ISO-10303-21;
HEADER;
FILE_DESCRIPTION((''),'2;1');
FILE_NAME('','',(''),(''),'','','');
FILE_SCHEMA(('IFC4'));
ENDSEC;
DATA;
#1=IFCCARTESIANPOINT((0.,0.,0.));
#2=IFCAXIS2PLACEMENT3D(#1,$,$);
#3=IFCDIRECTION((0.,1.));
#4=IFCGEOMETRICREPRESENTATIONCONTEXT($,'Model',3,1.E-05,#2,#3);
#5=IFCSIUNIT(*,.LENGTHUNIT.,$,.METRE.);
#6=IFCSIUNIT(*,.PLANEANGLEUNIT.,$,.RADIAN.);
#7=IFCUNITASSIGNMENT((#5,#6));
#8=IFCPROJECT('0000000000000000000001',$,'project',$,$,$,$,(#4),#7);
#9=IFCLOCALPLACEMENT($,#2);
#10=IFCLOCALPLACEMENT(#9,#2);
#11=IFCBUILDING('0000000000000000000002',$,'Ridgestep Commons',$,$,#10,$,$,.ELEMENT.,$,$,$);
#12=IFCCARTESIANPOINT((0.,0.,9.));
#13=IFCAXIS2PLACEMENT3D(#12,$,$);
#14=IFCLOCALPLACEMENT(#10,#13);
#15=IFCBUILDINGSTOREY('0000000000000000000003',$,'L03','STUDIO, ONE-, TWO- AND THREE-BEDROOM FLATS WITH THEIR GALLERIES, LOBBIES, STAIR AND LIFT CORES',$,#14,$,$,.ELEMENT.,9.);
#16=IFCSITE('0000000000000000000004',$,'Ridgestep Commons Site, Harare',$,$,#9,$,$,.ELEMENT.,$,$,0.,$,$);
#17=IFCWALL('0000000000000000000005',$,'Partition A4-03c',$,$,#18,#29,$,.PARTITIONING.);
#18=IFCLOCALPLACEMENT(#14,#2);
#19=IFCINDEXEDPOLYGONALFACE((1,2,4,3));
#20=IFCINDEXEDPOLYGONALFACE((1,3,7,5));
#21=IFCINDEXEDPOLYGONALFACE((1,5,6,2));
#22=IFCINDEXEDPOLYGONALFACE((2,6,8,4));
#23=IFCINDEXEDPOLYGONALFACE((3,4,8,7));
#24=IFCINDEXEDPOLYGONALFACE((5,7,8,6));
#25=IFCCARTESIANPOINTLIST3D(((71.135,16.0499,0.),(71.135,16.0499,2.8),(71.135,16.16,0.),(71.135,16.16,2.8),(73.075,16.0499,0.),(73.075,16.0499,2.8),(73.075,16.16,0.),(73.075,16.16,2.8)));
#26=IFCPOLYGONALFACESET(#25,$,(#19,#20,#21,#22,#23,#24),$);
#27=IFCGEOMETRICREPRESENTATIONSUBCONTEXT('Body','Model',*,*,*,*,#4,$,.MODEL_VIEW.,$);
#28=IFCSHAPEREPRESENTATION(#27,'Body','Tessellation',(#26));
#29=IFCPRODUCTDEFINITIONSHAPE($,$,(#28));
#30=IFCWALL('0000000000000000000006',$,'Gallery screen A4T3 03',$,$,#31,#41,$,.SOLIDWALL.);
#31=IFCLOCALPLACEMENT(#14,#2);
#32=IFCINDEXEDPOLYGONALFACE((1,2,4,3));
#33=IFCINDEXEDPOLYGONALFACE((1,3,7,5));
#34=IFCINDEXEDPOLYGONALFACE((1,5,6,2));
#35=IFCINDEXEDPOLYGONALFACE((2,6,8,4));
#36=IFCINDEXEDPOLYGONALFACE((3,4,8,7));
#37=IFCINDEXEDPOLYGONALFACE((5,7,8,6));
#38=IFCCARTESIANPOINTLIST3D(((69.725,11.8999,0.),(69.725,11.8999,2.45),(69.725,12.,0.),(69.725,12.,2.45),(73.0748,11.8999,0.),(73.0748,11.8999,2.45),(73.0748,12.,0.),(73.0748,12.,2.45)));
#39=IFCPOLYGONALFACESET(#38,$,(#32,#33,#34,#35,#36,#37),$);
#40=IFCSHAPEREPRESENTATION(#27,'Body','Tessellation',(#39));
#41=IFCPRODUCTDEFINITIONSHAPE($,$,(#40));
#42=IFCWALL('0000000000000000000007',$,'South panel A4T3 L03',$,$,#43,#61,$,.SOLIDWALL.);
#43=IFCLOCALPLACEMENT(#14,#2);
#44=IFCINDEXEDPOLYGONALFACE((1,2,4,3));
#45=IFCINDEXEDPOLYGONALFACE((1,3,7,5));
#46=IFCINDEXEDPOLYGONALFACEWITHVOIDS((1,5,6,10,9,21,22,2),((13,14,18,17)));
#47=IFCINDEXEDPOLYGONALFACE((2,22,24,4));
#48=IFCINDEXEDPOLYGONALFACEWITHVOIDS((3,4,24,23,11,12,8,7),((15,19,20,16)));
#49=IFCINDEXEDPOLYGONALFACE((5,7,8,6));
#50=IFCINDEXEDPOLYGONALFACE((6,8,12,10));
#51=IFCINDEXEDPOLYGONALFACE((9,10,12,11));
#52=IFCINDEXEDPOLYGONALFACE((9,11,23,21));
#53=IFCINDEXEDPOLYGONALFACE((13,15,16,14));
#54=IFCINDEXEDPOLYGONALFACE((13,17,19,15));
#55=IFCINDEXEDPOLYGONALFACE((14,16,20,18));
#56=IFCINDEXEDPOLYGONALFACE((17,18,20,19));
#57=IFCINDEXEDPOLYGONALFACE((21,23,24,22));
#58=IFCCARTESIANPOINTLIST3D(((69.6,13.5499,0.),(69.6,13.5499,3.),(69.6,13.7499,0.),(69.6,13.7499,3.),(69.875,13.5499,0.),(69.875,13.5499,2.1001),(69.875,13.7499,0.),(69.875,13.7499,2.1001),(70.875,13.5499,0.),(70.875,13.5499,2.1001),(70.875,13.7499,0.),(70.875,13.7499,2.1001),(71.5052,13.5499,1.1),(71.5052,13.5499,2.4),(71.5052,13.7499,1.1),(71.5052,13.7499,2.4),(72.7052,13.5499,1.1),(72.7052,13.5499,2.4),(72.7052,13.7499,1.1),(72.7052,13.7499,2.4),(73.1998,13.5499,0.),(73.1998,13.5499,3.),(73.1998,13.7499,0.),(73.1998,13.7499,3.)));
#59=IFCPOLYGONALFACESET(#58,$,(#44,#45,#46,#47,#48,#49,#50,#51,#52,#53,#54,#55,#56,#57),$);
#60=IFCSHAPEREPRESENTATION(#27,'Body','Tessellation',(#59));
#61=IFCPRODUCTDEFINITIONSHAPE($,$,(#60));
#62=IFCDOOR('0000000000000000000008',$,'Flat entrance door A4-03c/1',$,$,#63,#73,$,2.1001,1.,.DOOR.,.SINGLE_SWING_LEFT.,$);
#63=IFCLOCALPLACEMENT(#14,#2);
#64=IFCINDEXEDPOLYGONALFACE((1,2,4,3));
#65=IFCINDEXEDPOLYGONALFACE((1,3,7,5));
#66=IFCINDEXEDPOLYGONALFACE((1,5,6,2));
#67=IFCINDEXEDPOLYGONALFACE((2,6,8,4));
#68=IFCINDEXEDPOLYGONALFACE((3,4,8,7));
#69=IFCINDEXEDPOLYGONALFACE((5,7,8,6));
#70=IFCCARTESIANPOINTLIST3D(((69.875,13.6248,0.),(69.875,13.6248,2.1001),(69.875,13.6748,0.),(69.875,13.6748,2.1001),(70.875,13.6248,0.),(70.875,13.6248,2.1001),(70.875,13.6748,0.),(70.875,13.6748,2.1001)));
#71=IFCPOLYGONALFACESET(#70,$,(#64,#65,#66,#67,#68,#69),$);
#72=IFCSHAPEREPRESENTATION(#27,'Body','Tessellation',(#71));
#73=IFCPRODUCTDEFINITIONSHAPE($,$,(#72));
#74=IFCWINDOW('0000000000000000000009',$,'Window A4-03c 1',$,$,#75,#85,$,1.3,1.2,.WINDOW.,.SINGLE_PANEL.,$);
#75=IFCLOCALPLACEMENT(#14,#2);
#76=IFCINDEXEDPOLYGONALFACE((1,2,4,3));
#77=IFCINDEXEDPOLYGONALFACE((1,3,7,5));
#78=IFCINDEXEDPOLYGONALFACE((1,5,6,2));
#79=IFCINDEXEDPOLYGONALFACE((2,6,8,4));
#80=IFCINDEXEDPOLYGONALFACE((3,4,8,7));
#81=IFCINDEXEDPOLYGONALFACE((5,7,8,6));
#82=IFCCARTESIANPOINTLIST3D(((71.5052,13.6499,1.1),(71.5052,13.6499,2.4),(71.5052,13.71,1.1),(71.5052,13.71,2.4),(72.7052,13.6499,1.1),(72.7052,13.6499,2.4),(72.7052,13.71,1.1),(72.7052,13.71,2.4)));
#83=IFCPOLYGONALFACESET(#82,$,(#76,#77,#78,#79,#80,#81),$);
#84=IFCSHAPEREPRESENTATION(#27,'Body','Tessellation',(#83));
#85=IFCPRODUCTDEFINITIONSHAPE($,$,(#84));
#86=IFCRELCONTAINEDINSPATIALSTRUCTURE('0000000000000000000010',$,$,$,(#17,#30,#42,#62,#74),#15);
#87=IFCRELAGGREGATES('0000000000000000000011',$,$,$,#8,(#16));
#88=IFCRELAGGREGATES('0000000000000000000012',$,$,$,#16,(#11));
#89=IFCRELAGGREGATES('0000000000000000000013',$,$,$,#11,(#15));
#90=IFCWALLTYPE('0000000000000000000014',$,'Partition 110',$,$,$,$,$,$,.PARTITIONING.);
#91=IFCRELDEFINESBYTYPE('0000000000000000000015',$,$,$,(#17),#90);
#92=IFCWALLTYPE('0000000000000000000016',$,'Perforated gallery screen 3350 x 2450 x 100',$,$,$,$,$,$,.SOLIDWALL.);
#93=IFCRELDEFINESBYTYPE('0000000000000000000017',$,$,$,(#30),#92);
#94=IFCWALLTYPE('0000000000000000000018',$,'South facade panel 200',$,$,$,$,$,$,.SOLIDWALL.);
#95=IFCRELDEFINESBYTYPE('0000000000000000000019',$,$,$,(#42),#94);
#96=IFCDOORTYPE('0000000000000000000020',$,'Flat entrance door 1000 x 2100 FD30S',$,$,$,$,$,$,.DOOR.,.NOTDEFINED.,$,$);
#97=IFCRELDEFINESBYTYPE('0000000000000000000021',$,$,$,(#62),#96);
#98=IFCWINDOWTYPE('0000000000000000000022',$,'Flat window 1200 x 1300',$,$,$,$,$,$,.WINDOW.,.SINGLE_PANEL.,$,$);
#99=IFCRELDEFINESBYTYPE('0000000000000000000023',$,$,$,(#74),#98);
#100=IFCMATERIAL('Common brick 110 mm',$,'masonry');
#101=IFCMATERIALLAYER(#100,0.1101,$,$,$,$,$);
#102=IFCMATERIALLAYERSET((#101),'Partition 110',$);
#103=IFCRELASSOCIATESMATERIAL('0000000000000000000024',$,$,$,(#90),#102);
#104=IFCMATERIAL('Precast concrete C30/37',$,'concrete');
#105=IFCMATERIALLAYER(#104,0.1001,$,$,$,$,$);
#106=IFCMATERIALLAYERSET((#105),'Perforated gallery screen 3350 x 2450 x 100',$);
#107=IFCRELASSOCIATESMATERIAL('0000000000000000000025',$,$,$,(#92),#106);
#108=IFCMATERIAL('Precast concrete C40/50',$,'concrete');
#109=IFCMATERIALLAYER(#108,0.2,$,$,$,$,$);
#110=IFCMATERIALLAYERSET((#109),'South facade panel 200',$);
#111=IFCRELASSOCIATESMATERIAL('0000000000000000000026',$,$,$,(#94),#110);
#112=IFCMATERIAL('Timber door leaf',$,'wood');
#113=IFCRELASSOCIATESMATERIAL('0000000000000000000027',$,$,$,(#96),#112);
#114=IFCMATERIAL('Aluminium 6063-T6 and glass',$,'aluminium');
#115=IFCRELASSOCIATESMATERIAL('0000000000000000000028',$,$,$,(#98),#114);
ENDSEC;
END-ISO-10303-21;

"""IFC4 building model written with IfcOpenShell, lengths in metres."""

from ifc_helpers import new_model, si_unit, direction, frame, frame_2d, origin, place, context, subcontext, project, spatial, rectangle, extrude, material, layer, layer_set, type_object, element, fill, save


model = new_model("IFC4")

# Units and contexts
model_context = context("Model", 3, precision=1e-05, world=origin(), true_north=direction((0.0, 1.0)))
body_context = subcontext(model_context, "Body", "Model", "MODEL_VIEW")
ifc_project = project(units=[si_unit("LENGTHUNIT", "METRE"), si_unit("PLANEANGLEUNIT", "RADIAN")], contexts=[model_context])

# Site, building, storey
site_placement = place(None, origin())
site = spatial("IfcSite", under=ifc_project, at=site_placement, Name="Ridgestep Commons Site, Harare", CompositionType="ELEMENT", RefElevation=0.0)
building_placement = place(site_placement, origin())
building = spatial("IfcBuilding", under=site, at=building_placement, Name="Ridgestep Commons", CompositionType="ELEMENT")
storey_placement = place(building_placement, frame((0.0, 0.0, 9.0)))
storey = spatial("IfcBuildingStorey", under=building, at=storey_placement, Name="L03", Description="STUDIO, ONE-, TWO- AND THREE-BEDROOM FLATS WITH THEIR GALLERIES, LOBBIES, STAIR AND LIFT CORES", CompositionType="ELEMENT", Elevation=9.0)

# Shared definitions
ifc_material_1 = material(Name="Common brick 110 mm", Category="masonry")
ifc_layer_1 = layer(ifc_material_1, 0.1101)
ifc_layer_set_1 = layer_set([ifc_layer_1], Name="Partition 110")
wall_type_1 = type_object("IfcWallType", Name="Partition 110", PredefinedType="PARTITIONING", material=ifc_layer_set_1)

# Walls
wall_1_placement = place(storey_placement, frame((71.135, 16.105, 0.0), z_axis=(0.0, 0.0, 1.0), x_axis=(1.0, 0.0, 0.0)))
element("IfcWall", 1, at=wall_1_placement, inside=storey, type_object=wall_type_1, Name="Partition A4-03c", PredefinedType="PARTITIONING", context=body_context, shape_type="SweptSolid", body=[
    extrude(rectangle(XDim=1.9399, YDim=0.1101, at=frame_2d((0.97, 0.0))), origin(), (0.0, 0.0, 1.0), 2.8),
])
ifc_material_2 = material(Name="Precast concrete C30/37", Category="concrete")
ifc_layer_2 = layer(ifc_material_2, 0.1001)
ifc_layer_set_2 = layer_set([ifc_layer_2], Name="Perforated gallery screen 3350 x 2450 x 100")
wall_type_2 = type_object("IfcWallType", Name="Perforated gallery screen 3350 x 2450 x 100", PredefinedType="SOLIDWALL", material=ifc_layer_set_2)
wall_2_placement = place(storey_placement, frame((69.7251, 11.95, 0.0), z_axis=(0.0, 0.0, 1.0), x_axis=(1.0, 0.0, 0.0)))
element("IfcWall", 2, at=wall_2_placement, inside=storey, type_object=wall_type_2, Name="Gallery screen A4T3 03", PredefinedType="SOLIDWALL", context=body_context, shape_type="SweptSolid", body=[
    extrude(rectangle(XDim=3.3499, YDim=0.1001, at=frame_2d((1.6748, 0.0))), origin(), (0.0, 0.0, 1.0), 2.45),
])

# Wall, openings, door, window
ifc_material_3 = material(Name="Precast concrete C40/50", Category="concrete")
ifc_layer_3 = layer(ifc_material_3, 0.2)
ifc_layer_set_3 = layer_set([ifc_layer_3], Name="South facade panel 200")
wall_type_3 = type_object("IfcWallType", Name="South facade panel 200", PredefinedType="SOLIDWALL", material=ifc_layer_set_3)
wall_3_placement = place(storey_placement, frame((69.6001, 13.6499, 0.0), z_axis=(0.0, 0.0, 1.0), x_axis=(1.0, 0.0, 0.0)))
wall_3 = element("IfcWall", 3, at=wall_3_placement, inside=storey, type_object=wall_type_3, Name="South panel A4T3 L03", PredefinedType="SOLIDWALL", context=body_context, shape_type="SweptSolid", body=[
    extrude(rectangle(XDim=3.5999, YDim=0.2, at=frame_2d((1.7998, 0.0))), origin(), (0.0, 0.0, 1.0), 3.0),
])
opening_1_placement = place(wall_3_placement, frame((1.905, 0.0, 1.1001)))
opening_1 = element("IfcOpeningElement", 4, at=opening_1_placement, cuts=wall_3, PredefinedType="OPENING", context=body_context, shape_type="SweptSolid", body=[
    extrude(rectangle(XDim=1.2, YDim=1.3, at=frame_2d((0.6001, 0.6499))), frame((0.0, 0.1099, 0.0), z_axis=(0.0, -1.0, 0.0), x_axis=(1.0, 0.0, 0.0)), (0.0, 0.0, 1.0), 0.22),
])
opening_2_placement = place(wall_3_placement, frame((0.2749, 0.0, 0.0)))
opening_2 = element("IfcOpeningElement", 5, at=opening_2_placement, cuts=wall_3, PredefinedType="OPENING", context=body_context, shape_type="SweptSolid", body=[
    extrude(rectangle(XDim=1.0, YDim=2.1001, at=frame_2d((0.5, 1.05))), frame((0.0, 0.1099, 0.0), z_axis=(0.0, -1.0, 0.0), x_axis=(1.0, 0.0, 0.0)), (0.0, 0.0, 1.0), 0.22),
])
ifc_material_4 = material(Name="Timber door leaf", Category="wood")
door_type_1 = type_object("IfcDoorType", Name="Flat entrance door 1000 x 2100 FD30S", OperationType="NOTDEFINED", PredefinedType="DOOR", material=ifc_material_4)
door_1_placement = place(opening_2_placement, origin())
door_1 = element("IfcDoor", 6, at=door_1_placement, inside=storey, type_object=door_type_1, Name="Flat entrance door A4-03c/1", OperationType="SINGLE_SWING_LEFT", OverallHeight=2.1001, OverallWidth=1.0, PredefinedType="DOOR", context=body_context, shape_type="SweptSolid", body=[
    extrude(rectangle(XDim=1.0, YDim=2.1001, at=frame_2d((0.5, 1.05))), frame((0.0, 0.0249, 0.0), z_axis=(0.0, -1.0, 0.0), x_axis=(1.0, 0.0, 0.0)), (0.0, 0.0, 1.0), 0.05),
])
fill(opening_2, door_1)
ifc_material_5 = material(Name="Aluminium 6063-T6 and glass", Category="aluminium")
window_type = type_object("IfcWindowType", Name="Flat window 1200 x 1300", PartitioningType="SINGLE_PANEL", PredefinedType="WINDOW", material=ifc_material_5)
window_placement = place(opening_1_placement, origin())
window = element("IfcWindow", 7, at=window_placement, inside=storey, type_object=window_type, Name="Window A4-03c 1", OverallHeight=1.3, OverallWidth=1.2, PartitioningType="SINGLE_PANEL", PredefinedType="WINDOW", context=body_context, shape_type="SweptSolid", body=[
    extrude(rectangle(XDim=1.2, YDim=1.3, at=frame_2d((0.6001, 0.6499))), frame((0.0, 0.0601, 0.0), z_axis=(0.0, -1.0, 0.0), x_axis=(1.0, 0.0, 0.0)), (0.0, 0.0, 1.0), 0.0601),
])
fill(opening_1, window)

save(model, "model.ifc")
